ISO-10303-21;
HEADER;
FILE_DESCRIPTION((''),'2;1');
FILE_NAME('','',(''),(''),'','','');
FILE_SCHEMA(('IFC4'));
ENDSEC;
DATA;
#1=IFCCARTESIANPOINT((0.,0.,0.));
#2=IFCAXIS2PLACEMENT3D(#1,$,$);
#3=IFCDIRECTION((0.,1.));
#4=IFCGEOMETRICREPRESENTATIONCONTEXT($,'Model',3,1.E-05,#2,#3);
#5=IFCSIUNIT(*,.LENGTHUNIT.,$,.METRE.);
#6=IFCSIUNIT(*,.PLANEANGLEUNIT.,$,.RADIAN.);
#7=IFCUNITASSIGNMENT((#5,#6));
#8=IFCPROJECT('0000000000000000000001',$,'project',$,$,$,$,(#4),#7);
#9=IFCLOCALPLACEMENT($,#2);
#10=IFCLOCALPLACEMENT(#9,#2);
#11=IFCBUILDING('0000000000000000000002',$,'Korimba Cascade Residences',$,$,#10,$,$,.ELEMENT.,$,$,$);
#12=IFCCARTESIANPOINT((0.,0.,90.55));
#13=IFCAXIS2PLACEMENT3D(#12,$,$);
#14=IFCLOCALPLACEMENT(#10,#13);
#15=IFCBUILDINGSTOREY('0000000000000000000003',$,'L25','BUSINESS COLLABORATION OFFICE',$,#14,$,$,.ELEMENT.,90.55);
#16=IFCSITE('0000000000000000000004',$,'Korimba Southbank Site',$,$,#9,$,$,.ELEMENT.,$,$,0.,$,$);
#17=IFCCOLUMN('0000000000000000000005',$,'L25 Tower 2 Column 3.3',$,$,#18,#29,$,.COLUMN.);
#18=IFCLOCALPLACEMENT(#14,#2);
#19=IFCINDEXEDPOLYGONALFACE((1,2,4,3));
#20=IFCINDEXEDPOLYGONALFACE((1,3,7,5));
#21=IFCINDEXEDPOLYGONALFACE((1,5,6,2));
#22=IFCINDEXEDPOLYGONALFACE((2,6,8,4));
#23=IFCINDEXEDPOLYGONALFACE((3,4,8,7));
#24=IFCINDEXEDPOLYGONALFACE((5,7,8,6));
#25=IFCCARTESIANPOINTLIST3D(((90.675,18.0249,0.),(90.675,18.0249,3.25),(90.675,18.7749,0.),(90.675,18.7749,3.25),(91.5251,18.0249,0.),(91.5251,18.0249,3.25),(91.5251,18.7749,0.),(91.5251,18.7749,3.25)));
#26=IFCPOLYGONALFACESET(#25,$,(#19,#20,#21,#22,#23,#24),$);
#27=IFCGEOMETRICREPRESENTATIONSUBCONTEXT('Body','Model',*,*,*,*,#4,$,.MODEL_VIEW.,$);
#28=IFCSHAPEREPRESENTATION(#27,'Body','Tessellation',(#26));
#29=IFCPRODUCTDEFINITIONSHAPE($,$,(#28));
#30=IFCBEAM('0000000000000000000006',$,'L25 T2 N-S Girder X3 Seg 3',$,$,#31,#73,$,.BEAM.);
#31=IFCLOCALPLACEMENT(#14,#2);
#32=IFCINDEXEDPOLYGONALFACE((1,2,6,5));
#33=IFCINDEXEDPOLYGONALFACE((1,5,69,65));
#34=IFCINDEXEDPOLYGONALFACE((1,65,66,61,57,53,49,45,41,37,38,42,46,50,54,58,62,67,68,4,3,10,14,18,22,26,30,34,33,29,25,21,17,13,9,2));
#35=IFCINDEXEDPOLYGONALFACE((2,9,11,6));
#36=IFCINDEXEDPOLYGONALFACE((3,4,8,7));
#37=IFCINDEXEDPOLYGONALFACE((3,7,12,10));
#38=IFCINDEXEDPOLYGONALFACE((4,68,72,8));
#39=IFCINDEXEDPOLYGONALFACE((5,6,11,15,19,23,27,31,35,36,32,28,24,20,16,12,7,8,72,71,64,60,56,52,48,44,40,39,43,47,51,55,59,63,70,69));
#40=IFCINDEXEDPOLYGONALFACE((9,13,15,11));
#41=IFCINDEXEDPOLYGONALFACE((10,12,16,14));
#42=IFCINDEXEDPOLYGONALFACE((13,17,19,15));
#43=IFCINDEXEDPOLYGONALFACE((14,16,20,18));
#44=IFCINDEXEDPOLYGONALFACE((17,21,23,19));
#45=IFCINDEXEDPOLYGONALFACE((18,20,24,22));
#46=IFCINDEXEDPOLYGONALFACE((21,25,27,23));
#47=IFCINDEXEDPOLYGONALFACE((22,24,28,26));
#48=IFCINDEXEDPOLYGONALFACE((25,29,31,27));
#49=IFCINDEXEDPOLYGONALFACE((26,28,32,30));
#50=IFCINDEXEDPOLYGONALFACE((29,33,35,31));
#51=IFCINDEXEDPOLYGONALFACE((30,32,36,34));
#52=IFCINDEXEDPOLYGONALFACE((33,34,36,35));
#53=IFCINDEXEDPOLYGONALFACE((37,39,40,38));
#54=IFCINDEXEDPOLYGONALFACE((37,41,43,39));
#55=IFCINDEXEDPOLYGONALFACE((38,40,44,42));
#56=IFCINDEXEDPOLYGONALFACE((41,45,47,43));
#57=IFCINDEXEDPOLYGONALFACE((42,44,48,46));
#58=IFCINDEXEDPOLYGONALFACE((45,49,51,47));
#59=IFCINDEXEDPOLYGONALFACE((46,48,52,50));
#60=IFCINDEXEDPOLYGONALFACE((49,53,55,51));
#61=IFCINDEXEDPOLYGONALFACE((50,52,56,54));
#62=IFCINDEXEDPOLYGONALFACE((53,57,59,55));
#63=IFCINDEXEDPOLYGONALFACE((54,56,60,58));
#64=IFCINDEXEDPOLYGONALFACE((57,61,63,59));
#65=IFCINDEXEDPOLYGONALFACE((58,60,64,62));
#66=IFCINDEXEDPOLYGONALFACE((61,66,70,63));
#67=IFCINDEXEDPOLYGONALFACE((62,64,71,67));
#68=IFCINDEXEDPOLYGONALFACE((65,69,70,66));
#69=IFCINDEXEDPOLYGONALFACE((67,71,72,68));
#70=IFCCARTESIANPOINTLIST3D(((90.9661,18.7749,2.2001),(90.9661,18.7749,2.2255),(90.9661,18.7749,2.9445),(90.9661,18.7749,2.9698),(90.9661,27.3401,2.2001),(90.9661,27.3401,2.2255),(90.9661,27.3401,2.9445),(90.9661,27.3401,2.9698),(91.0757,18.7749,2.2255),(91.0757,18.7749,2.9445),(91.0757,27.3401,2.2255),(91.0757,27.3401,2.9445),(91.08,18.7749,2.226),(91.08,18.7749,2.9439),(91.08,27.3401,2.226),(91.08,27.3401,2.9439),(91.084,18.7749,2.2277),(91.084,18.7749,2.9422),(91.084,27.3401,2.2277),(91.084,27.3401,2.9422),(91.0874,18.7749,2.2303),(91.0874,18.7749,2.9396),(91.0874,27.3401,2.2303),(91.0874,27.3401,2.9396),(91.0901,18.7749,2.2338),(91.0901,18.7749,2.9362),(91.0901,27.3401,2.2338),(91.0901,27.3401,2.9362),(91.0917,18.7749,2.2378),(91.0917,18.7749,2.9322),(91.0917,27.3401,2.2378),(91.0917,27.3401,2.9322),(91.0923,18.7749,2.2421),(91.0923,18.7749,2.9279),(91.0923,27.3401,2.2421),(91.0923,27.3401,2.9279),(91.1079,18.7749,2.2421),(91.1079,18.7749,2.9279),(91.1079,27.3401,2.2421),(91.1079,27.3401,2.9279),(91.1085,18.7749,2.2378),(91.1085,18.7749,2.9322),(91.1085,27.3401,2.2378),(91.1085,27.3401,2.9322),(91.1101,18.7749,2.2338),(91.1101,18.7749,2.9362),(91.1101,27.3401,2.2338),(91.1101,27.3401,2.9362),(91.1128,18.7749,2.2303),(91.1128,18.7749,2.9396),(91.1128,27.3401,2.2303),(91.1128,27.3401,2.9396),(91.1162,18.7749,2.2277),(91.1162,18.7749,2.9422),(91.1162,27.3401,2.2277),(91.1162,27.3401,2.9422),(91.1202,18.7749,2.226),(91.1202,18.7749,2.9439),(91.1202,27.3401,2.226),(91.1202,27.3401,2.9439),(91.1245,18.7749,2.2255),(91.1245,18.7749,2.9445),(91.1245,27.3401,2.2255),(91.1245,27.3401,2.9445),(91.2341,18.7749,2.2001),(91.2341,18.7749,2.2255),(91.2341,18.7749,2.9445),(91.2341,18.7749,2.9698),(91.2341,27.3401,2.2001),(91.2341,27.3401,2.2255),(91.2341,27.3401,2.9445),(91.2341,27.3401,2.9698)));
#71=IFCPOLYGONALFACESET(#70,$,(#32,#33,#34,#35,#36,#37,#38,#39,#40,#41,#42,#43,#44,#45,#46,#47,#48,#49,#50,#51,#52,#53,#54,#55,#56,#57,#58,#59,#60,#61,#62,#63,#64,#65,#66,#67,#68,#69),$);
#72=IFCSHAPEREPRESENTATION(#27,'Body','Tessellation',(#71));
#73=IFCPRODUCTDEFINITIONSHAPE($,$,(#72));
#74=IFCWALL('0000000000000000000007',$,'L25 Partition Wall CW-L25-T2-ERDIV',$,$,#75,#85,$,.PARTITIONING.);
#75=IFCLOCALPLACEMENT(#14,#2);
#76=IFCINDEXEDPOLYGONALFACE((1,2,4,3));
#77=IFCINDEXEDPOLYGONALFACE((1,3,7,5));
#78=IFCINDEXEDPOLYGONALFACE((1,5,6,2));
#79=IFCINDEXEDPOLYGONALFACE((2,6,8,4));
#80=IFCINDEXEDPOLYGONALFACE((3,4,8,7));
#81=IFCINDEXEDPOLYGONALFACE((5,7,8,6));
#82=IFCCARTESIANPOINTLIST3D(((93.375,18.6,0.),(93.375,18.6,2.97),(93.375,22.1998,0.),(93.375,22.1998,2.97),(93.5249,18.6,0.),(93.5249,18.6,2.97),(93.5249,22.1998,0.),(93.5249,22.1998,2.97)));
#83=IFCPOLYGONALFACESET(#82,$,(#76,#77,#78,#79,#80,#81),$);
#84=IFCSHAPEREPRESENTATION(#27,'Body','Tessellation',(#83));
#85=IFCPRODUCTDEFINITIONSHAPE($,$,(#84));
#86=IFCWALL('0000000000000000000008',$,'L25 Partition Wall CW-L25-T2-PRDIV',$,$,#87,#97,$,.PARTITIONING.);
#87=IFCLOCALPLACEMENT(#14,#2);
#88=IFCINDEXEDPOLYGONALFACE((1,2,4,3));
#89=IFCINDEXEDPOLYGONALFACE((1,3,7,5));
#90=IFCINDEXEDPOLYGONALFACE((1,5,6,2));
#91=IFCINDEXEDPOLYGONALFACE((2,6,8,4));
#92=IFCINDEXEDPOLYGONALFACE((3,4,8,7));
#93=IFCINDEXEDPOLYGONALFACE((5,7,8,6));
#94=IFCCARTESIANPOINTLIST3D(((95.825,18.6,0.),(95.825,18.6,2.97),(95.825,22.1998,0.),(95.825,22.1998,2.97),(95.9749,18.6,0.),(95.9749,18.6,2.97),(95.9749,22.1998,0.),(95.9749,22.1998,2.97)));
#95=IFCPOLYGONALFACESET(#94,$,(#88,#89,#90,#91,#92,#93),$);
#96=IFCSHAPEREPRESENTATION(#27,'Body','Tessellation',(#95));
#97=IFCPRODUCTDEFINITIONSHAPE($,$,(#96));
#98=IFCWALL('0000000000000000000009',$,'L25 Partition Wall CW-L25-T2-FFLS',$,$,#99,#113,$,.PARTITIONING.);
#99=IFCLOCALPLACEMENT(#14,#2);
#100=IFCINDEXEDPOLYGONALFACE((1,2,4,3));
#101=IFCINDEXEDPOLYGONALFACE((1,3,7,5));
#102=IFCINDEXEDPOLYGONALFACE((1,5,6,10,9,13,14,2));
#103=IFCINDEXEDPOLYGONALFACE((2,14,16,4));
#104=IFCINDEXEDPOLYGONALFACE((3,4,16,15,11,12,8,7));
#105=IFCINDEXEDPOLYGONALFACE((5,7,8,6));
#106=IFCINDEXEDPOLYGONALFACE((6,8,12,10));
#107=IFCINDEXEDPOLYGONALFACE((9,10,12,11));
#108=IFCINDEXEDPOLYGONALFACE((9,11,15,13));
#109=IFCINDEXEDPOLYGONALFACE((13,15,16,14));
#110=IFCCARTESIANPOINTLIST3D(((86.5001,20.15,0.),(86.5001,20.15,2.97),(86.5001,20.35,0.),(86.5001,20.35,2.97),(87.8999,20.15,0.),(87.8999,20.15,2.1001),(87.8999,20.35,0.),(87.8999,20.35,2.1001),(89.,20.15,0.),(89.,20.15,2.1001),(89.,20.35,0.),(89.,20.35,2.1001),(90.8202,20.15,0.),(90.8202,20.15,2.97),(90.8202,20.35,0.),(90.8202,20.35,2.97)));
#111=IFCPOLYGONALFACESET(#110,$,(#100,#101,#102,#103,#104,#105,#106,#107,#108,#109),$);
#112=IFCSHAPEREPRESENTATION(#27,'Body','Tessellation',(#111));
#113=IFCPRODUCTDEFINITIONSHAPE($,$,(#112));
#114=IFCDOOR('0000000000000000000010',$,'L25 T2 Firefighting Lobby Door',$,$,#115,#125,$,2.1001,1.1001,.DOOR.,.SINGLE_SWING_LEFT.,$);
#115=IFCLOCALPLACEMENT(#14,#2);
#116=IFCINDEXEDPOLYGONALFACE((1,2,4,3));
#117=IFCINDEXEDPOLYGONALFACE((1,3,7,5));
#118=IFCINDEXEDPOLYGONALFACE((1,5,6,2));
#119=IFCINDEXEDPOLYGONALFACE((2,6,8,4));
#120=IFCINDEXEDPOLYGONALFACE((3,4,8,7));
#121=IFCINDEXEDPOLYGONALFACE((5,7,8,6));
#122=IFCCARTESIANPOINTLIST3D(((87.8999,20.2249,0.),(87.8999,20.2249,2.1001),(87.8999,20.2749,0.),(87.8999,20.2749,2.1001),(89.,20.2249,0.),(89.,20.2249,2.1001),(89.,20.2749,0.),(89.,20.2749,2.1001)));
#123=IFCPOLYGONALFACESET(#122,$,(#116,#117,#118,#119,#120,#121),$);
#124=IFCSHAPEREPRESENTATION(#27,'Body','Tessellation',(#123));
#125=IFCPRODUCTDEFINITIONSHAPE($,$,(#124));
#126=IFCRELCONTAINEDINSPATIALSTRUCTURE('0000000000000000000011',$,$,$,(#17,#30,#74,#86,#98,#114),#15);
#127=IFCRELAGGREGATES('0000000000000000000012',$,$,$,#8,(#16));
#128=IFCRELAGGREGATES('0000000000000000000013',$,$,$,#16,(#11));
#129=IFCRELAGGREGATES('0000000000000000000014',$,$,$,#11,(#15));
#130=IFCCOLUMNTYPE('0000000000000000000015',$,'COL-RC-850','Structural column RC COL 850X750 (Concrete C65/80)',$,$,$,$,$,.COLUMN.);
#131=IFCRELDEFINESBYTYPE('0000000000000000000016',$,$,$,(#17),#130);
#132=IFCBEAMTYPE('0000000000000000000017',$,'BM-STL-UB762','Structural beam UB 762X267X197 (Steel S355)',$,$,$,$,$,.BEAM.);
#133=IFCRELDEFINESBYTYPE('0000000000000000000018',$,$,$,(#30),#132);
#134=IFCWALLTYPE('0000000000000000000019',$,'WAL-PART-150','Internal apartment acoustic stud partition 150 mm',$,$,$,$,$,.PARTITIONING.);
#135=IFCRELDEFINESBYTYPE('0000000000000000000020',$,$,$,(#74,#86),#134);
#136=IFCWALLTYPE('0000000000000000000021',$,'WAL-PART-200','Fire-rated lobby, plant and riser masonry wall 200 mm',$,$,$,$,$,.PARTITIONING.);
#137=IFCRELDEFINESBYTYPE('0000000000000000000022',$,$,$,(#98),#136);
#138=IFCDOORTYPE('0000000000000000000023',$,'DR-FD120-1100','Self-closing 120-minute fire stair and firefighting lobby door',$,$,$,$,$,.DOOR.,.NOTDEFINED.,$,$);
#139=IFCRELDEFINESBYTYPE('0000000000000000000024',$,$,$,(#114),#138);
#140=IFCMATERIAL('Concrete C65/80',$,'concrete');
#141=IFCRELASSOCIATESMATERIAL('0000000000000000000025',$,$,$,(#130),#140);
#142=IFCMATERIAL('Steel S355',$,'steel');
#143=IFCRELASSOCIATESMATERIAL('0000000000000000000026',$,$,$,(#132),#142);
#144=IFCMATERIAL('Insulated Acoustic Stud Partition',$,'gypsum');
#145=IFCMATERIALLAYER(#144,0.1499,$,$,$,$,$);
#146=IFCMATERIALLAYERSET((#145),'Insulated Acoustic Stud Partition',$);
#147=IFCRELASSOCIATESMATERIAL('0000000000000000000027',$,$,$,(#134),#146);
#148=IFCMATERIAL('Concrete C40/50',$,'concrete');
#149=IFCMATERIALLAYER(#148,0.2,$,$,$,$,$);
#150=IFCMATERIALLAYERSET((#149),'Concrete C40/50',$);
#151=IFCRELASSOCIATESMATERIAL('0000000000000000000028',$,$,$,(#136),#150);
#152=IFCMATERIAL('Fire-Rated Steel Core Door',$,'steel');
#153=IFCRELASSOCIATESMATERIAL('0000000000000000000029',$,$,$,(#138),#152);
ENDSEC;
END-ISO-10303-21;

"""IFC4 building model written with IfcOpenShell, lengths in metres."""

from ifc_helpers import new_model, si_unit, direction, frame, frame_2d, origin, origin_2d, place, context, subcontext, project, spatial, rectangle, i_section, extrude, material, layer, layer_set, material_profile, profile_set, type_object, element, fill, save


model = new_model("IFC4")

# Units and contexts
model_context = context("Model", 3, precision=1e-05, world=origin(), true_north=direction((0.0, 1.0)))
body_context = subcontext(model_context, "Body", "Model", "MODEL_VIEW")
ifc_project = project(units=[si_unit("LENGTHUNIT", "METRE"), si_unit("PLANEANGLEUNIT", "RADIAN")], contexts=[model_context])

# Site, building, storey
site_placement = place(None, origin())
site = spatial("IfcSite", under=ifc_project, at=site_placement, Name="Korimba Southbank Site", CompositionType="ELEMENT", RefElevation=0.0)
building_placement = place(site_placement, origin())
building = spatial("IfcBuilding", under=site, at=building_placement, Name="Korimba Cascade Residences", CompositionType="ELEMENT")
storey_placement = place(building_placement, frame((0.0, 0.0, 90.55)))
storey = spatial("IfcBuildingStorey", under=building, at=storey_placement, Name="L25", Description="BUSINESS COLLABORATION OFFICE", CompositionType="ELEMENT", Elevation=90.55)

# Column
ifc_material_1 = material(Name="Concrete C65/80", Category="concrete")
ifc_material_profile_1 = material_profile(ifc_material_1, rectangle(XDim=0.8501, YDim=0.75, at=origin_2d()), Name="Concrete C65/80")
ifc_profile_set_1 = profile_set([ifc_material_profile_1], Name="Concrete C65/80")
column_type = type_object("IfcColumnType", Name="COL-RC-850", Description="Structural column RC COL 850X750 (Concrete C65/80)", PredefinedType="COLUMN", material=ifc_profile_set_1)
column_placement = place(storey_placement, frame((91.1001, 18.3999, 0.0), z_axis=(0.0, 0.0, 1.0), x_axis=(1.0, 0.0, 0.0)))
element("IfcColumn", 1, at=column_placement, inside=storey, type_object=column_type, Name="L25 Tower 2 Column 3.3", PredefinedType="COLUMN", context=body_context, shape_type="SweptSolid", body=[
    extrude(rectangle(XDim=0.8501, YDim=0.75, at=origin_2d()), origin(), (0.0, 0.0, 1.0), 3.25),
])

# Beam
ifc_material_2 = material(Name="Steel S355", Category="steel")
ifc_material_profile_2 = material_profile(ifc_material_2, i_section(OverallWidth=0.2681, OverallDepth=0.7698, WebThickness=0.0156, FlangeThickness=0.0254, FilletRadius=0.0166, at=origin_2d()), Name="Steel S355")
ifc_profile_set_2 = profile_set([ifc_material_profile_2], Name="Steel S355")
beam_type = type_object("IfcBeamType", Name="BM-STL-UB762", Description="Structural beam UB 762X267X197 (Steel S355)", PredefinedType="BEAM", material=ifc_profile_set_2)
beam_placement = place(storey_placement, frame((91.1001, 18.7749, 2.585), z_axis=(0.0, 1.0, 0.0), x_axis=(-1.0, 0.0, 0.0)))
element("IfcBeam", 2, at=beam_placement, inside=storey, type_object=beam_type, Name="L25 T2 N-S Girder X3 Seg 3", PredefinedType="BEAM", context=body_context, shape_type="SweptSolid", body=[
    extrude(i_section(OverallWidth=0.2681, OverallDepth=0.7698, WebThickness=0.0156, FlangeThickness=0.0254, FilletRadius=0.0166, at=origin_2d()), origin(), (0.0, 0.0, 1.0), 8.5652),
])

# Walls
ifc_material_3 = material(Name="Insulated Acoustic Stud Partition", Category="gypsum")
ifc_layer_1 = layer(ifc_material_3, 0.1499)
ifc_layer_set_1 = layer_set([ifc_layer_1], Name="Insulated Acoustic Stud Partition")
wall_type_1 = type_object("IfcWallType", Name="WAL-PART-150", Description="Internal apartment acoustic stud partition 150 mm", PredefinedType="PARTITIONING", material=ifc_layer_set_1)
for number, where, z_axis, x_axis, name in (
    (3, (93.45, 18.6001, 0.0), (0.0, 0.0, 1.0), (0.0, 1.0, 0.0), "L25 Partition Wall CW-L25-T2-ERDIV"),
    (4, (95.8999, 18.6001, 0.0), (0.0, 0.0, 1.0), (0.0, 1.0, 0.0), "L25 Partition Wall CW-L25-T2-PRDIV"),
):
    element("IfcWall", number, at=place(storey_placement, frame(where, z_axis=z_axis, x_axis=x_axis)), inside=storey, type_object=wall_type_1, Name=name, PredefinedType="PARTITIONING", context=body_context, shape_type="SweptSolid", body=[
        extrude(rectangle(XDim=3.5999, YDim=0.1499, at=frame_2d((1.7998, 0.0))), origin(), (0.0, 0.0, 1.0), 2.97),
    ])

# Wall, opening, door
ifc_material_4 = material(Name="Concrete C40/50", Category="concrete")
ifc_layer_2 = layer(ifc_material_4, 0.2)
ifc_layer_set_2 = layer_set([ifc_layer_2], Name="Concrete C40/50")
wall_type_2 = type_object("IfcWallType", Name="WAL-PART-200", Description="Fire-rated lobby, plant and riser masonry wall 200 mm", PredefinedType="PARTITIONING", material=ifc_layer_set_2)
wall_1_placement = place(storey_placement, frame((86.5, 20.25, 0.0), z_axis=(0.0, 0.0, 1.0), x_axis=(1.0, 0.0, 0.0)))
wall_1 = element("IfcWall", 5, at=wall_1_placement, inside=storey, type_object=wall_type_2, Name="L25 Partition Wall CW-L25-T2-FFLS", PredefinedType="PARTITIONING", context=body_context, shape_type="SweptSolid", body=[
    extrude(rectangle(XDim=4.3201, YDim=0.2, at=frame_2d((2.1602, 0.0))), origin(), (0.0, 0.0, 1.0), 2.97),
])
opening_1_placement = place(wall_1_placement, frame((1.3999, 0.0, 0.0)))
opening_1 = element("IfcOpeningElement", 6, at=opening_1_placement, cuts=wall_1, PredefinedType="OPENING", context=body_context, shape_type="SweptSolid", body=[
    extrude(rectangle(XDim=1.1001, YDim=2.1001, at=frame_2d((0.55, 1.05))), frame((0.0, 0.1099, 0.0), z_axis=(0.0, -1.0, 0.0), x_axis=(1.0, 0.0, 0.0)), (0.0, 0.0, 1.0), 0.22),
])
ifc_material_5 = material(Name="Fire-Rated Steel Core Door", Category="steel")
door_type_1 = type_object("IfcDoorType", Name="DR-FD120-1100", Description="Self-closing 120-minute fire stair and firefighting lobby door", OperationType="NOTDEFINED", PredefinedType="DOOR", material=ifc_material_5)
door_1_placement = place(opening_1_placement, origin())
door_1 = element("IfcDoor", 7, at=door_1_placement, inside=storey, type_object=door_type_1, Name="L25 T2 Firefighting Lobby Door", OperationType="SINGLE_SWING_LEFT", OverallHeight=2.1001, OverallWidth=1.1001, PredefinedType="DOOR", context=body_context, shape_type="SweptSolid", body=[
    extrude(rectangle(XDim=1.1001, YDim=2.1001, at=frame_2d((0.55, 1.05))), frame((0.0, 0.0249, 0.0), z_axis=(0.0, -1.0, 0.0), x_axis=(1.0, 0.0, 0.0)), (0.0, 0.0, 1.0), 0.05),
])
fill(opening_1, door_1)

save(model, "model.ifc")
